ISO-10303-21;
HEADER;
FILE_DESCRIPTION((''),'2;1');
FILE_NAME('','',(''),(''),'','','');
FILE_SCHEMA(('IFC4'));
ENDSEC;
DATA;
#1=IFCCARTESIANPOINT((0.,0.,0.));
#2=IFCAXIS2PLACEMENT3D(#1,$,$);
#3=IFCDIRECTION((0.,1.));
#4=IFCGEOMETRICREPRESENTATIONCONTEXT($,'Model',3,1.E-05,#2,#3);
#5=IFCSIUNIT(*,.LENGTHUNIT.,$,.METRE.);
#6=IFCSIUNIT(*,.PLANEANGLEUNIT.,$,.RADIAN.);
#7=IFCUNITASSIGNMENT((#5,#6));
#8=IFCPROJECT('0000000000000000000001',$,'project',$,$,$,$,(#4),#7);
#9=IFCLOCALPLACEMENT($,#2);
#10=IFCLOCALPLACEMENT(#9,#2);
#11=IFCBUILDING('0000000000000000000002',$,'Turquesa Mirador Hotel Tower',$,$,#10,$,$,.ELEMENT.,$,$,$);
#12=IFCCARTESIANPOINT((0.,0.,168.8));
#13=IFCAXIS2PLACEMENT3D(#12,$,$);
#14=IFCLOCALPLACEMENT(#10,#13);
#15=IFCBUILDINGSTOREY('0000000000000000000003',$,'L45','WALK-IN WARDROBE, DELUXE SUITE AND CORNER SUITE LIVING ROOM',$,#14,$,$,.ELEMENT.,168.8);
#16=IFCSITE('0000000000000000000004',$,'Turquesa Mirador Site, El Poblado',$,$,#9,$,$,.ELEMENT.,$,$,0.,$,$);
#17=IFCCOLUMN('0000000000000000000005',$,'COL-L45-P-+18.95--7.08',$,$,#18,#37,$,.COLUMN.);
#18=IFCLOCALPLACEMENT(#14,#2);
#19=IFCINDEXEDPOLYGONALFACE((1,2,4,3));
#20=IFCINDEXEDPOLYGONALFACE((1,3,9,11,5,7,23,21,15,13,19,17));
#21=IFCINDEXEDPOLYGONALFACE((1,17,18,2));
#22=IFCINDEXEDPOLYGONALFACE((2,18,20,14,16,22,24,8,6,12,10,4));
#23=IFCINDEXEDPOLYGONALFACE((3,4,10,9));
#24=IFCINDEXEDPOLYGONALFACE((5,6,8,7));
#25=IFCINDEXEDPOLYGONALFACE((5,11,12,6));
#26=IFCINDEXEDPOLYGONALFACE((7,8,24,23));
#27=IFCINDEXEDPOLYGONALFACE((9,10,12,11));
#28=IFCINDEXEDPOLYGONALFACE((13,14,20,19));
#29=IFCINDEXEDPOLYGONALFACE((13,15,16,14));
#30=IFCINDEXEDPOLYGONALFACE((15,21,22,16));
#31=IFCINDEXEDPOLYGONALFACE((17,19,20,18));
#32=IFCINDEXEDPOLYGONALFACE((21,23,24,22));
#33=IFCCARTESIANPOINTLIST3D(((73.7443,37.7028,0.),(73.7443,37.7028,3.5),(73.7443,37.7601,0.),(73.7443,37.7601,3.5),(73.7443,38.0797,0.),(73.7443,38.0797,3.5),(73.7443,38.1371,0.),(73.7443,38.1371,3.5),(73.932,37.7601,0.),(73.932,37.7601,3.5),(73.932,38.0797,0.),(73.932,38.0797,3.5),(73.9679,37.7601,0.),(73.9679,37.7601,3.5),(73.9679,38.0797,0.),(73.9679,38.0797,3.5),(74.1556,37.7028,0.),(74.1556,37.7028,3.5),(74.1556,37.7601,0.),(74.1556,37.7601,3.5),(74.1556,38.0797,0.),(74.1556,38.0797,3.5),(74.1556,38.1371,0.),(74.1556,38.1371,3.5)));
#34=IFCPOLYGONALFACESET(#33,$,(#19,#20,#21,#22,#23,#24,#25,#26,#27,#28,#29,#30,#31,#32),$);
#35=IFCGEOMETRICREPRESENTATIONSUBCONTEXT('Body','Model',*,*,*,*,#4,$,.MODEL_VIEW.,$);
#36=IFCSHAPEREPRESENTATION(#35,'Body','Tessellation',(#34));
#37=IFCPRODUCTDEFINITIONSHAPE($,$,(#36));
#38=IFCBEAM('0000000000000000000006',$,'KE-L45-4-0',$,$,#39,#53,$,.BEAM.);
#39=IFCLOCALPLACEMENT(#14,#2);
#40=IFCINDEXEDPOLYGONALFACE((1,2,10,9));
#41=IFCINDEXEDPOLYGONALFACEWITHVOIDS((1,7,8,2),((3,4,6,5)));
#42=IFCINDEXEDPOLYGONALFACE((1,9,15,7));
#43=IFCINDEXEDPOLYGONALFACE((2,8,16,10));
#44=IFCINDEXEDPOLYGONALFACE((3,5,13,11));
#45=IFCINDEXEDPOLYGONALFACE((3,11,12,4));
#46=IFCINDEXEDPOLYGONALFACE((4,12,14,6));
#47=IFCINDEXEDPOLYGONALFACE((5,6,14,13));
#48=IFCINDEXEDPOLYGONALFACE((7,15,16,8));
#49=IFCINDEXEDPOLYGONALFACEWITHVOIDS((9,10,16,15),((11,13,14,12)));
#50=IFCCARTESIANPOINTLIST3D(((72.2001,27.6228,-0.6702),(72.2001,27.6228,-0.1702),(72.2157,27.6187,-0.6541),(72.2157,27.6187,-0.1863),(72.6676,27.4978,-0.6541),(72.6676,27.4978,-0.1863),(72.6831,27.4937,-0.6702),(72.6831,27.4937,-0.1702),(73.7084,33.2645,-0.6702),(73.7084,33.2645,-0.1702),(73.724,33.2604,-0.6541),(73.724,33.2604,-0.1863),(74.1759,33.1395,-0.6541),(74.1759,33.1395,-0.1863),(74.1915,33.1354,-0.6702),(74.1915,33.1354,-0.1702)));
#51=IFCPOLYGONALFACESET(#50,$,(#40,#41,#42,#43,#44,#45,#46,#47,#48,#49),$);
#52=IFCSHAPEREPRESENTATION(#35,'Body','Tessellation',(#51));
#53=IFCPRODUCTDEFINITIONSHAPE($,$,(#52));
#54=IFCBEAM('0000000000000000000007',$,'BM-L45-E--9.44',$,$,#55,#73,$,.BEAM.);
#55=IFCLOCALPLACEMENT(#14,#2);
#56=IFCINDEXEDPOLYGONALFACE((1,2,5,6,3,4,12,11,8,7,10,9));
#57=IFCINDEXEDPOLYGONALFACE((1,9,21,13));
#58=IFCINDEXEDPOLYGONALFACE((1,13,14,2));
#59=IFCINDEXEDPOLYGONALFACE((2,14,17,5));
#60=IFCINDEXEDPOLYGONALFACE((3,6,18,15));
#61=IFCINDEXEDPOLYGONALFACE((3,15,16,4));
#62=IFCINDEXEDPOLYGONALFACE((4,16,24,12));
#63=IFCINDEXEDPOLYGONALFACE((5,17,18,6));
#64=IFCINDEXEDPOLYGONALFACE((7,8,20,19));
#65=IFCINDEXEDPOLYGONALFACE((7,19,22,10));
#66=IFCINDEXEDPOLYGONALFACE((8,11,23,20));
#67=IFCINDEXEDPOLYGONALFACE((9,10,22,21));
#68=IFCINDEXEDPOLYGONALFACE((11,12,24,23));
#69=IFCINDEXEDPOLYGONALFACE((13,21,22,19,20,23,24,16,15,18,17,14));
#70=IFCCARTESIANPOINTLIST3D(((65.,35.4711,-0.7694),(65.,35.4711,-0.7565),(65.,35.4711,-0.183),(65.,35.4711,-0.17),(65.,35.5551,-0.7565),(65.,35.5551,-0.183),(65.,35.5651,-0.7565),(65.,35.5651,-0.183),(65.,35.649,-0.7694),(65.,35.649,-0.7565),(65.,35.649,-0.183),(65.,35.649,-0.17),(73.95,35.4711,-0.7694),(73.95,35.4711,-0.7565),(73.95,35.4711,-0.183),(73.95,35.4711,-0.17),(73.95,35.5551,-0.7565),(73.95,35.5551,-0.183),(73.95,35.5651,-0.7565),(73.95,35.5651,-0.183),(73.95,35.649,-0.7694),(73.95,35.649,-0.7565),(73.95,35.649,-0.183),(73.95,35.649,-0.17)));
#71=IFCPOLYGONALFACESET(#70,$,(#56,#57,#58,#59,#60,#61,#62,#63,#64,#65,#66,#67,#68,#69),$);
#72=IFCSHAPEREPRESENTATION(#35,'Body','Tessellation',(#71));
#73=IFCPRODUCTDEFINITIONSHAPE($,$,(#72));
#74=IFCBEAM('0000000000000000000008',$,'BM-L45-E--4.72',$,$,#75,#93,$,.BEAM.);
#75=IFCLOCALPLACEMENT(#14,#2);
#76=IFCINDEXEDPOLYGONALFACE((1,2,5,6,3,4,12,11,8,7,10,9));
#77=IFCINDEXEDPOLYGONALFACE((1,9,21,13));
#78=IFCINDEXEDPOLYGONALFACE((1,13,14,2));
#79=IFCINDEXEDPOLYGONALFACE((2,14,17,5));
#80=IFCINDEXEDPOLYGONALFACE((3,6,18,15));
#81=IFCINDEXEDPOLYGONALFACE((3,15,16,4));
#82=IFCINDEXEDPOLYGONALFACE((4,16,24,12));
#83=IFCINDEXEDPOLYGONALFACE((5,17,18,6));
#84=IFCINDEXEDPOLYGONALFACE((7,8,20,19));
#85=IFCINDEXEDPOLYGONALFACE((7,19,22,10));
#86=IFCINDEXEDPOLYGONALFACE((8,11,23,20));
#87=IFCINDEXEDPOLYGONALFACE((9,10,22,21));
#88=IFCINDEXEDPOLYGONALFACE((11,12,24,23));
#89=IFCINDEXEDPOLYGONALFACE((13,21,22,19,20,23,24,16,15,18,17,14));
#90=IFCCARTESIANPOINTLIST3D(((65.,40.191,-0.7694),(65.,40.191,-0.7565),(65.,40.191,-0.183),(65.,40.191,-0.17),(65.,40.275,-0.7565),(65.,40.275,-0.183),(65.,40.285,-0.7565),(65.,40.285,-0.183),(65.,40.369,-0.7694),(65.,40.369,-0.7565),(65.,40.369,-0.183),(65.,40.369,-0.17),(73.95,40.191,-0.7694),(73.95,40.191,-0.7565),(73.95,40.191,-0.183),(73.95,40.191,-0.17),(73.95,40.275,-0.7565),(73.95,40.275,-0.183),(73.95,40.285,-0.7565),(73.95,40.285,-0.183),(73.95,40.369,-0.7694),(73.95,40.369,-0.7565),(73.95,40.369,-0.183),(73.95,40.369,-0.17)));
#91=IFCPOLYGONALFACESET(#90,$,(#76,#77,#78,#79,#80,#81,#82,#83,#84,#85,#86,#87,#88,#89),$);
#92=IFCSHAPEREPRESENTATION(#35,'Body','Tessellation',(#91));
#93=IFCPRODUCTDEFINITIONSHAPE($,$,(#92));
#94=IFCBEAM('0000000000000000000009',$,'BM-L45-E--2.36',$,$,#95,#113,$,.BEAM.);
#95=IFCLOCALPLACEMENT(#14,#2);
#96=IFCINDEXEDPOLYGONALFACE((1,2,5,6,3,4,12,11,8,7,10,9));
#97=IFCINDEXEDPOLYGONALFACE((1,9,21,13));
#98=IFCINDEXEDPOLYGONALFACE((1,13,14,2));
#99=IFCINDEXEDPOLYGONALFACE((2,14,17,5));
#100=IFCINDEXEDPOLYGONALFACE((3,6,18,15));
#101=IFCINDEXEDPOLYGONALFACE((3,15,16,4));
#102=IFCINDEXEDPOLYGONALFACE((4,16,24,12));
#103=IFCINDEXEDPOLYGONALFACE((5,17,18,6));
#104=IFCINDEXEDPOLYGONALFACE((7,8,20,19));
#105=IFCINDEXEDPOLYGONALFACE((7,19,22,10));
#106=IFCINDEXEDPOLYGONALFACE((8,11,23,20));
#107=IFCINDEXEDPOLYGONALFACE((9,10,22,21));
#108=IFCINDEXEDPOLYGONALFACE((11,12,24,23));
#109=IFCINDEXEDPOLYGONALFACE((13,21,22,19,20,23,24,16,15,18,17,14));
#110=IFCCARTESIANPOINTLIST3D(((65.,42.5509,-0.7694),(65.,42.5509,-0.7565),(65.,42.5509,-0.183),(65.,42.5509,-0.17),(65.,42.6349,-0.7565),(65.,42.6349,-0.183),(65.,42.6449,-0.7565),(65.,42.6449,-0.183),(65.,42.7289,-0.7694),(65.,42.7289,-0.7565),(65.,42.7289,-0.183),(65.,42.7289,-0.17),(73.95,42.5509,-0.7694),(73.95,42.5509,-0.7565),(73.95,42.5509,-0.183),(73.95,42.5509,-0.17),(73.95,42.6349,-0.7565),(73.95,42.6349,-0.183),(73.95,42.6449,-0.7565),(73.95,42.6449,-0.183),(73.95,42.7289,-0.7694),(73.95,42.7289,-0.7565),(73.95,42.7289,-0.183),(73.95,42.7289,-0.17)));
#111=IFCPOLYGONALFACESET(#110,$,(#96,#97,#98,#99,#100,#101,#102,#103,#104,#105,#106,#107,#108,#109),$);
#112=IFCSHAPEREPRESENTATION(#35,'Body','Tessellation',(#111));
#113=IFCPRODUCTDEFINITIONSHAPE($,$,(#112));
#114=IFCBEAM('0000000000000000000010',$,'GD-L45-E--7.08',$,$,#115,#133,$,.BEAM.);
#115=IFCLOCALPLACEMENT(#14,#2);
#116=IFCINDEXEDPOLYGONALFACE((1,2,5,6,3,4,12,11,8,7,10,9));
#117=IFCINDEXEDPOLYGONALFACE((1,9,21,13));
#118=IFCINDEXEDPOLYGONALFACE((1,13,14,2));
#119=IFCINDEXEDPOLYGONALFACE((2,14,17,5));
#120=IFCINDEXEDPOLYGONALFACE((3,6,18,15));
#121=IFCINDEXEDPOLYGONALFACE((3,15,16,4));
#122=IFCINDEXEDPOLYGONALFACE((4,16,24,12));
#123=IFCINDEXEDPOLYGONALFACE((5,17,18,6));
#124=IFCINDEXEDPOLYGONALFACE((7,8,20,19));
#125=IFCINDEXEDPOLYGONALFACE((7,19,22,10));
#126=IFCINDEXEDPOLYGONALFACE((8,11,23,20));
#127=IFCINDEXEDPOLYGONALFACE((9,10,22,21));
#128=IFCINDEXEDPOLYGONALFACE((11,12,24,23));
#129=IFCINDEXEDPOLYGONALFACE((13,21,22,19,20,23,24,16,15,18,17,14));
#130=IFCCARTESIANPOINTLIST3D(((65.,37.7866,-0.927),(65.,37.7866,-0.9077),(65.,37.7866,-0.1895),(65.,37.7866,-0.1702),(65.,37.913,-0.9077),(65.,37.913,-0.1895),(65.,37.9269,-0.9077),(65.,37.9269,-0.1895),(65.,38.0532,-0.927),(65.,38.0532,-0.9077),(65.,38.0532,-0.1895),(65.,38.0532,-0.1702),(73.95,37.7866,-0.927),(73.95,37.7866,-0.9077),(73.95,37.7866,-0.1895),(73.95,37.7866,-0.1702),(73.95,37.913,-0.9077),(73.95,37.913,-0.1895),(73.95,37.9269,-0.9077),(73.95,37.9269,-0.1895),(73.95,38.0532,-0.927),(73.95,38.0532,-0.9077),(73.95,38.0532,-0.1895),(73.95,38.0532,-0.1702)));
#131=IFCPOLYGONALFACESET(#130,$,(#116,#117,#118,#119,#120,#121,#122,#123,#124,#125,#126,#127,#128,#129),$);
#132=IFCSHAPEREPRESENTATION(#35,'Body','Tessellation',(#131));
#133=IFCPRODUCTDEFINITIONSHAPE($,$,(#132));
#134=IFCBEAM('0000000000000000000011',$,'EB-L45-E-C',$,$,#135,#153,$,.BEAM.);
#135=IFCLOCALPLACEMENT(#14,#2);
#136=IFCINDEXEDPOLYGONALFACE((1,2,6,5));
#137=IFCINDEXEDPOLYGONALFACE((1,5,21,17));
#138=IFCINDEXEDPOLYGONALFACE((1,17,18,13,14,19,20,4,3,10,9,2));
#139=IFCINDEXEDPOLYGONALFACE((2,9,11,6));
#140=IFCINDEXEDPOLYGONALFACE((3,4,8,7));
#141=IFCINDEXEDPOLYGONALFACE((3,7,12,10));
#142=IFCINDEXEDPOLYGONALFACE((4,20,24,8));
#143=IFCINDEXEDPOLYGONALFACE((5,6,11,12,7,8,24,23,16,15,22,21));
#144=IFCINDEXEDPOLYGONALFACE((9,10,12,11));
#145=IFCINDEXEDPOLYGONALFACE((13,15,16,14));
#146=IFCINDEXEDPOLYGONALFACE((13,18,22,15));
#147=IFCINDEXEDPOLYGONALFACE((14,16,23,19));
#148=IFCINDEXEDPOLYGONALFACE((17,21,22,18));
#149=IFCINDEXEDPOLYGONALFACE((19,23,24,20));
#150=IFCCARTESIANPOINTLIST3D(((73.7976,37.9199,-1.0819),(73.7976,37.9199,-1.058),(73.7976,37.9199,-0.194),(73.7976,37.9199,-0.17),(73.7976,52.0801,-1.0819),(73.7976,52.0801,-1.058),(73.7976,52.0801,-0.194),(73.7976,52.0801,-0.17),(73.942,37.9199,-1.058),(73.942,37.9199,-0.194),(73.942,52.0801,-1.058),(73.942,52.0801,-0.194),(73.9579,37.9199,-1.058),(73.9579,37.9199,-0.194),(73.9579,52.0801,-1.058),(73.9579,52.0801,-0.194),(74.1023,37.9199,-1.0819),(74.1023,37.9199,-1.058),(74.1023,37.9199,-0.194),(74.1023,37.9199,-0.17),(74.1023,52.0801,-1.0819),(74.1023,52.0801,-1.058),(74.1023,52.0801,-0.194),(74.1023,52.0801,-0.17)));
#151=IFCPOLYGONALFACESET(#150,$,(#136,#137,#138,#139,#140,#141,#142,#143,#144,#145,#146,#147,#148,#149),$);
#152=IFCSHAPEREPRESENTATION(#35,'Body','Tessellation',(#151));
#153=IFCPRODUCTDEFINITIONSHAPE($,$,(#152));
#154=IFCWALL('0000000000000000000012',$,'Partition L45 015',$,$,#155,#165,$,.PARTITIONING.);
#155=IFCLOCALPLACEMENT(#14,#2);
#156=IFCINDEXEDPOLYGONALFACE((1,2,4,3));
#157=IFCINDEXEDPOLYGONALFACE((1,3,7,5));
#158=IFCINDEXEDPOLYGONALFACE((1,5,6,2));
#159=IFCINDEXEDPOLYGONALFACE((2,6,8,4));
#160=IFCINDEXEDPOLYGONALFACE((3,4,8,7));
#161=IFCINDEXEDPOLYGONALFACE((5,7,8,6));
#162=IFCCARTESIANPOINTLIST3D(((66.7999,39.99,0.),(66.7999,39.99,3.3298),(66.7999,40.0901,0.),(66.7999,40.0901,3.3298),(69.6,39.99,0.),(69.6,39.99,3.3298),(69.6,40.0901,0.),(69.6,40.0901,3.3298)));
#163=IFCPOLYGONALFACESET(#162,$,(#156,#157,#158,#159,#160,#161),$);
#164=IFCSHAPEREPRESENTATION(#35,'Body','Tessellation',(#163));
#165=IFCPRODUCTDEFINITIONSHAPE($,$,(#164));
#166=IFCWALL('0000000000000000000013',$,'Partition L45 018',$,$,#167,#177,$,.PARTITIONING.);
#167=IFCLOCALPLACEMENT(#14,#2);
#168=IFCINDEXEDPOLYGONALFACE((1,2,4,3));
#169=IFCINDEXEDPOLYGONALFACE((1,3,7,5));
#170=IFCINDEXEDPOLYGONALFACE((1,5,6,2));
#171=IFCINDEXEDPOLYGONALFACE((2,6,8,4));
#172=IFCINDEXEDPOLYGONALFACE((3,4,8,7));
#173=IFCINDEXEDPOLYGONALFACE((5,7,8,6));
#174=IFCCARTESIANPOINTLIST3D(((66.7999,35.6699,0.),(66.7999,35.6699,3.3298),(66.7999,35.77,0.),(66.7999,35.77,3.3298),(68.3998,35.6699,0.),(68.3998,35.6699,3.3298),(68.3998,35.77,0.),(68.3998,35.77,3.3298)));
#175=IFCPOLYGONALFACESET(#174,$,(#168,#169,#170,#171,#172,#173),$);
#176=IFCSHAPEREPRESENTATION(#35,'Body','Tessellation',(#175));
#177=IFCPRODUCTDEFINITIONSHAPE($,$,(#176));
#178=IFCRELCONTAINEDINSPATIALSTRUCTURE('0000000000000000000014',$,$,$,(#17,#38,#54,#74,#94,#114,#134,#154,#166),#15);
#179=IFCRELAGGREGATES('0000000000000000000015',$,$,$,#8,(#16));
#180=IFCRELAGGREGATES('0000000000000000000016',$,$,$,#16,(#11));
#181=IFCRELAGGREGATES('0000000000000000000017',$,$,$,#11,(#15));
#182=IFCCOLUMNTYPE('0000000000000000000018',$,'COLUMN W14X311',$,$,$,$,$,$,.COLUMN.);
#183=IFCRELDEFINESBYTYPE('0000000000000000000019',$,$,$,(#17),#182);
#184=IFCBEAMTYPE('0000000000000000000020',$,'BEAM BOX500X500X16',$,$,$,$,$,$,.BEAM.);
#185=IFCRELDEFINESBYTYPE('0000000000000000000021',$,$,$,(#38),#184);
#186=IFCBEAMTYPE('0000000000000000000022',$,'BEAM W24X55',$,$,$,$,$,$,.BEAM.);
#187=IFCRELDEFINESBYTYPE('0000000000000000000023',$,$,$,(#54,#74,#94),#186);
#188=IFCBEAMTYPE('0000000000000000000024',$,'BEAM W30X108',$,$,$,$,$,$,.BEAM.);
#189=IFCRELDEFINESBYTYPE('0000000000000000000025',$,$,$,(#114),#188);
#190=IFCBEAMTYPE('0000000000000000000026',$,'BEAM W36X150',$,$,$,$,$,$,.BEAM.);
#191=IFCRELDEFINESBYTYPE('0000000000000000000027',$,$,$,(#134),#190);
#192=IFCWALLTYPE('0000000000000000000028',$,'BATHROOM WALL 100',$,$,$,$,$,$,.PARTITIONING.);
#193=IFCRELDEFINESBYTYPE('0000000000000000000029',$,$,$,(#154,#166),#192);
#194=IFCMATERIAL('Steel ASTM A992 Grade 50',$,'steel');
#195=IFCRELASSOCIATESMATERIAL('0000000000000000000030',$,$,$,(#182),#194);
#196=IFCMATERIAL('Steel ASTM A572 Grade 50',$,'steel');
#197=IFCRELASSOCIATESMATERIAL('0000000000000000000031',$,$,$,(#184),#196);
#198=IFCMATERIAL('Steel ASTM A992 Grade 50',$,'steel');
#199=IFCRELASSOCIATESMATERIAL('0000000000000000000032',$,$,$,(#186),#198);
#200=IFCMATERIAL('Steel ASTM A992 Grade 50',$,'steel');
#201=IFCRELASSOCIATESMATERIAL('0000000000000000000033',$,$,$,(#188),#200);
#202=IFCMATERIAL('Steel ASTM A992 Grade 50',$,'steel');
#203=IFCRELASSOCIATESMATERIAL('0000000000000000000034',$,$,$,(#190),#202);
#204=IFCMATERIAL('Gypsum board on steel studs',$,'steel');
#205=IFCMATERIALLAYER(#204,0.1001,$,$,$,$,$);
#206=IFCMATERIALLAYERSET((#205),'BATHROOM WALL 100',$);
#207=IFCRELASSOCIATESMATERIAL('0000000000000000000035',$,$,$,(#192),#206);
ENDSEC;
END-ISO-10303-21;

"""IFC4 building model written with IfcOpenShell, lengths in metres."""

from ifc_helpers import new_model, si_unit, direction, frame, frame_2d, origin, origin_2d, place, context, subcontext, project, spatial, rectangle, hollow_rectangle, i_section, extrude, material, layer, layer_set, material_profile, profile_set, type_object, element, save


model = new_model("IFC4")

# Units and contexts
model_context = context("Model", 3, precision=1e-05, world=origin(), true_north=direction((0.0, 1.0)))
body_context = subcontext(model_context, "Body", "Model", "MODEL_VIEW")
ifc_project = project(units=[si_unit("LENGTHUNIT", "METRE"), si_unit("PLANEANGLEUNIT", "RADIAN")], contexts=[model_context])

# Site, building, storey
site_placement = place(None, origin())
site = spatial("IfcSite", under=ifc_project, at=site_placement, Name="Turquesa Mirador Site, El Poblado", CompositionType="ELEMENT", RefElevation=0.0)
building_placement = place(site_placement, origin())
building = spatial("IfcBuilding", under=site, at=building_placement, Name="Turquesa Mirador Hotel Tower", CompositionType="ELEMENT")
storey_placement = place(building_placement, frame((0.0, 0.0, 168.8)))
storey = spatial("IfcBuildingStorey", under=building, at=storey_placement, Name="L45", Description="WALK-IN WARDROBE, DELUXE SUITE AND CORNER SUITE LIVING ROOM", CompositionType="ELEMENT", Elevation=168.8)

# Column
ifc_material_1 = material(Name="Steel ASTM A992 Grade 50", Category="steel")
ifc_material_profile_1 = material_profile(ifc_material_1, i_section(OverallWidth=0.4114, OverallDepth=0.4343, WebThickness=0.0359, FlangeThickness=0.0574, at=origin_2d()), Name="W14X311")
ifc_profile_set_1 = profile_set([ifc_material_profile_1], Name="Steel ASTM A992 Grade 50")
column_type = type_object("IfcColumnType", Name="COLUMN W14X311", PredefinedType="COLUMN", material=ifc_profile_set_1)
column_placement = place(storey_placement, frame((73.95, 37.9199, 0.0), z_axis=(0.0, 0.0, 1.0), x_axis=(1.0, 0.0, 0.0)))
element("IfcColumn", 1, at=column_placement, inside=storey, type_object=column_type, Name="COL-L45-P-+18.95--7.08", PredefinedType="COLUMN", context=body_context, shape_type="SweptSolid", body=[
    extrude(i_section(OverallWidth=0.4114, OverallDepth=0.4343, WebThickness=0.0359, FlangeThickness=0.0574, at=origin_2d()), origin(), (0.0, 0.0, 1.0), 3.5),
])

# Beams
ifc_material_2 = material(Name="Steel ASTM A572 Grade 50", Category="steel")
ifc_material_profile_2 = material_profile(ifc_material_2, hollow_rectangle(XDim=0.5, YDim=0.5, WallThickness=0.0161, at=origin_2d()), Name="BOX500X500X16")
ifc_profile_set_2 = profile_set([ifc_material_profile_2], Name="Steel ASTM A572 Grade 50")
beam_type_1 = type_object("IfcBeamType", Name="BEAM BOX500X500X16", PredefinedType="BEAM", material=ifc_profile_set_2)
beam_1_placement = place(storey_placement, frame((73.95, 33.2, -0.4202), z_axis=(-0.258282, -0.96607, 0.0), x_axis=(0.96607, -0.258282, 0.0)))
element("IfcBeam", 2, at=beam_1_placement, inside=storey, type_object=beam_type_1, Name="KE-L45-4-0", PredefinedType="BEAM", context=body_context, shape_type="SweptSolid", body=[
    extrude(hollow_rectangle(XDim=0.5, YDim=0.5, WallThickness=0.0161, at=origin_2d()), origin(), (0.0, 0.0, 1.0), 5.8398),
])
ifc_material_3 = material(Name="Steel ASTM A992 Grade 50", Category="steel")
ifc_material_profile_3 = material_profile(ifc_material_3, i_section(OverallWidth=0.178, OverallDepth=0.5994, WebThickness=0.01, FlangeThickness=0.0129, at=origin_2d()), Name="W24X55")
ifc_profile_set_3 = profile_set([ifc_material_profile_3], Name="Steel ASTM A992 Grade 50")
beam_type_2 = type_object("IfcBeamType", Name="BEAM W24X55", PredefinedType="BEAM", material=ifc_profile_set_3)
for number, where, z_axis, x_axis, name in (
    (3, (73.95, 35.5601, -0.4697), (-1.0, 0.0, 0.0), (0.0, -1.0, 0.0), "BM-L45-E--9.44"),
    (4, (73.95, 40.28, -0.4697), (-1.0, 0.0, 0.0), (0.0, -1.0, 0.0), "BM-L45-E--4.72"),
    (5, (73.95, 42.6399, -0.4697), (-1.0, 0.0, 0.0), (0.0, -1.0, 0.0), "BM-L45-E--2.36"),
):
    element("IfcBeam", number, at=place(storey_placement, frame(where, z_axis=z_axis, x_axis=x_axis)), inside=storey, type_object=beam_type_2, Name=name, PredefinedType="BEAM", context=body_context, shape_type="SweptSolid", body=[
        extrude(i_section(OverallWidth=0.178, OverallDepth=0.5994, WebThickness=0.01, FlangeThickness=0.0129, at=origin_2d()), origin(), (0.0, 0.0, 1.0), 8.95),
    ])
ifc_material_4 = material(Name="Steel ASTM A992 Grade 50", Category="steel")
ifc_material_profile_4 = material_profile(ifc_material_4, i_section(OverallWidth=0.2666, OverallDepth=0.7568, WebThickness=0.0139, FlangeThickness=0.0193, at=origin_2d()), Name="W30X108")
ifc_profile_set_4 = profile_set([ifc_material_profile_4], Name="Steel ASTM A992 Grade 50")
beam_type_3 = type_object("IfcBeamType", Name="BEAM W30X108", PredefinedType="BEAM", material=ifc_profile_set_4)
beam_2_placement = place(storey_placement, frame((73.95, 37.9199, -0.5486), z_axis=(-1.0, 0.0, 0.0), x_axis=(0.0, -1.0, 0.0)))
element("IfcBeam", 6, at=beam_2_placement, inside=storey, type_object=beam_type_3, Name="GD-L45-E--7.08", PredefinedType="BEAM", context=body_context, shape_type="SweptSolid", body=[
    extrude(i_section(OverallWidth=0.2666, OverallDepth=0.7568, WebThickness=0.0139, FlangeThickness=0.0193, at=origin_2d()), origin(), (0.0, 0.0, 1.0), 8.95),
])
ifc_material_5 = material(Name="Steel ASTM A992 Grade 50", Category="steel")
ifc_material_profile_5 = material_profile(ifc_material_5, i_section(OverallWidth=0.3047, OverallDepth=0.9119, WebThickness=0.0159, FlangeThickness=0.0239, at=origin_2d()), Name="W36X150")
ifc_profile_set_5 = profile_set([ifc_material_profile_5], Name="Steel ASTM A992 Grade 50")
beam_type_4 = type_object("IfcBeamType", Name="BEAM W36X150", PredefinedType="BEAM", material=ifc_profile_set_5)
beam_3_placement = place(storey_placement, frame((73.95, 37.9199, -0.626), z_axis=(0.0, 1.0, 0.0), x_axis=(-1.0, 0.0, 0.0)))
element("IfcBeam", 7, at=beam_3_placement, inside=storey, type_object=beam_type_4, Name="EB-L45-E-C", PredefinedType="BEAM", context=body_context, shape_type="SweptSolid", body=[
    extrude(i_section(OverallWidth=0.3047, OverallDepth=0.9119, WebThickness=0.0159, FlangeThickness=0.0239, at=origin_2d()), origin(), (0.0, 0.0, 1.0), 14.1602),
])

# Walls
ifc_material_6 = material(Name="Gypsum board on steel studs", Category="steel")
ifc_layer_1 = layer(ifc_material_6, 0.1001)
ifc_layer_set_1 = layer_set([ifc_layer_1], Name="BATHROOM WALL 100")
wall_type_1 = type_object("IfcWallType", Name="BATHROOM WALL 100", PredefinedType="PARTITIONING", material=ifc_layer_set_1)
wall_1_placement = place(storey_placement, frame((66.8, 40.04, 0.0), z_axis=(0.0, 0.0, 1.0), x_axis=(1.0, 0.0, 0.0)))
element("IfcWall", 8, at=wall_1_placement, inside=storey, type_object=wall_type_1, Name="Partition L45 015", PredefinedType="PARTITIONING", context=body_context, shape_type="SweptSolid", body=[
    extrude(rectangle(XDim=2.8, YDim=0.1001, at=frame_2d((1.3999, 0.0))), origin(), (0.0, 0.0, 1.0), 3.3298),
])
wall_2_placement = place(storey_placement, frame((66.8, 35.72, 0.0), z_axis=(0.0, 0.0, 1.0), x_axis=(1.0, 0.0, 0.0)))
element("IfcWall", 9, at=wall_2_placement, inside=storey, type_object=wall_type_1, Name="Partition L45 018", PredefinedType="PARTITIONING", context=body_context, shape_type="SweptSolid", body=[
    extrude(rectangle(XDim=1.5999, YDim=0.1001, at=frame_2d((0.7998, 0.0))), origin(), (0.0, 0.0, 1.0), 3.3298),
])

save(model, "model.ifc")
